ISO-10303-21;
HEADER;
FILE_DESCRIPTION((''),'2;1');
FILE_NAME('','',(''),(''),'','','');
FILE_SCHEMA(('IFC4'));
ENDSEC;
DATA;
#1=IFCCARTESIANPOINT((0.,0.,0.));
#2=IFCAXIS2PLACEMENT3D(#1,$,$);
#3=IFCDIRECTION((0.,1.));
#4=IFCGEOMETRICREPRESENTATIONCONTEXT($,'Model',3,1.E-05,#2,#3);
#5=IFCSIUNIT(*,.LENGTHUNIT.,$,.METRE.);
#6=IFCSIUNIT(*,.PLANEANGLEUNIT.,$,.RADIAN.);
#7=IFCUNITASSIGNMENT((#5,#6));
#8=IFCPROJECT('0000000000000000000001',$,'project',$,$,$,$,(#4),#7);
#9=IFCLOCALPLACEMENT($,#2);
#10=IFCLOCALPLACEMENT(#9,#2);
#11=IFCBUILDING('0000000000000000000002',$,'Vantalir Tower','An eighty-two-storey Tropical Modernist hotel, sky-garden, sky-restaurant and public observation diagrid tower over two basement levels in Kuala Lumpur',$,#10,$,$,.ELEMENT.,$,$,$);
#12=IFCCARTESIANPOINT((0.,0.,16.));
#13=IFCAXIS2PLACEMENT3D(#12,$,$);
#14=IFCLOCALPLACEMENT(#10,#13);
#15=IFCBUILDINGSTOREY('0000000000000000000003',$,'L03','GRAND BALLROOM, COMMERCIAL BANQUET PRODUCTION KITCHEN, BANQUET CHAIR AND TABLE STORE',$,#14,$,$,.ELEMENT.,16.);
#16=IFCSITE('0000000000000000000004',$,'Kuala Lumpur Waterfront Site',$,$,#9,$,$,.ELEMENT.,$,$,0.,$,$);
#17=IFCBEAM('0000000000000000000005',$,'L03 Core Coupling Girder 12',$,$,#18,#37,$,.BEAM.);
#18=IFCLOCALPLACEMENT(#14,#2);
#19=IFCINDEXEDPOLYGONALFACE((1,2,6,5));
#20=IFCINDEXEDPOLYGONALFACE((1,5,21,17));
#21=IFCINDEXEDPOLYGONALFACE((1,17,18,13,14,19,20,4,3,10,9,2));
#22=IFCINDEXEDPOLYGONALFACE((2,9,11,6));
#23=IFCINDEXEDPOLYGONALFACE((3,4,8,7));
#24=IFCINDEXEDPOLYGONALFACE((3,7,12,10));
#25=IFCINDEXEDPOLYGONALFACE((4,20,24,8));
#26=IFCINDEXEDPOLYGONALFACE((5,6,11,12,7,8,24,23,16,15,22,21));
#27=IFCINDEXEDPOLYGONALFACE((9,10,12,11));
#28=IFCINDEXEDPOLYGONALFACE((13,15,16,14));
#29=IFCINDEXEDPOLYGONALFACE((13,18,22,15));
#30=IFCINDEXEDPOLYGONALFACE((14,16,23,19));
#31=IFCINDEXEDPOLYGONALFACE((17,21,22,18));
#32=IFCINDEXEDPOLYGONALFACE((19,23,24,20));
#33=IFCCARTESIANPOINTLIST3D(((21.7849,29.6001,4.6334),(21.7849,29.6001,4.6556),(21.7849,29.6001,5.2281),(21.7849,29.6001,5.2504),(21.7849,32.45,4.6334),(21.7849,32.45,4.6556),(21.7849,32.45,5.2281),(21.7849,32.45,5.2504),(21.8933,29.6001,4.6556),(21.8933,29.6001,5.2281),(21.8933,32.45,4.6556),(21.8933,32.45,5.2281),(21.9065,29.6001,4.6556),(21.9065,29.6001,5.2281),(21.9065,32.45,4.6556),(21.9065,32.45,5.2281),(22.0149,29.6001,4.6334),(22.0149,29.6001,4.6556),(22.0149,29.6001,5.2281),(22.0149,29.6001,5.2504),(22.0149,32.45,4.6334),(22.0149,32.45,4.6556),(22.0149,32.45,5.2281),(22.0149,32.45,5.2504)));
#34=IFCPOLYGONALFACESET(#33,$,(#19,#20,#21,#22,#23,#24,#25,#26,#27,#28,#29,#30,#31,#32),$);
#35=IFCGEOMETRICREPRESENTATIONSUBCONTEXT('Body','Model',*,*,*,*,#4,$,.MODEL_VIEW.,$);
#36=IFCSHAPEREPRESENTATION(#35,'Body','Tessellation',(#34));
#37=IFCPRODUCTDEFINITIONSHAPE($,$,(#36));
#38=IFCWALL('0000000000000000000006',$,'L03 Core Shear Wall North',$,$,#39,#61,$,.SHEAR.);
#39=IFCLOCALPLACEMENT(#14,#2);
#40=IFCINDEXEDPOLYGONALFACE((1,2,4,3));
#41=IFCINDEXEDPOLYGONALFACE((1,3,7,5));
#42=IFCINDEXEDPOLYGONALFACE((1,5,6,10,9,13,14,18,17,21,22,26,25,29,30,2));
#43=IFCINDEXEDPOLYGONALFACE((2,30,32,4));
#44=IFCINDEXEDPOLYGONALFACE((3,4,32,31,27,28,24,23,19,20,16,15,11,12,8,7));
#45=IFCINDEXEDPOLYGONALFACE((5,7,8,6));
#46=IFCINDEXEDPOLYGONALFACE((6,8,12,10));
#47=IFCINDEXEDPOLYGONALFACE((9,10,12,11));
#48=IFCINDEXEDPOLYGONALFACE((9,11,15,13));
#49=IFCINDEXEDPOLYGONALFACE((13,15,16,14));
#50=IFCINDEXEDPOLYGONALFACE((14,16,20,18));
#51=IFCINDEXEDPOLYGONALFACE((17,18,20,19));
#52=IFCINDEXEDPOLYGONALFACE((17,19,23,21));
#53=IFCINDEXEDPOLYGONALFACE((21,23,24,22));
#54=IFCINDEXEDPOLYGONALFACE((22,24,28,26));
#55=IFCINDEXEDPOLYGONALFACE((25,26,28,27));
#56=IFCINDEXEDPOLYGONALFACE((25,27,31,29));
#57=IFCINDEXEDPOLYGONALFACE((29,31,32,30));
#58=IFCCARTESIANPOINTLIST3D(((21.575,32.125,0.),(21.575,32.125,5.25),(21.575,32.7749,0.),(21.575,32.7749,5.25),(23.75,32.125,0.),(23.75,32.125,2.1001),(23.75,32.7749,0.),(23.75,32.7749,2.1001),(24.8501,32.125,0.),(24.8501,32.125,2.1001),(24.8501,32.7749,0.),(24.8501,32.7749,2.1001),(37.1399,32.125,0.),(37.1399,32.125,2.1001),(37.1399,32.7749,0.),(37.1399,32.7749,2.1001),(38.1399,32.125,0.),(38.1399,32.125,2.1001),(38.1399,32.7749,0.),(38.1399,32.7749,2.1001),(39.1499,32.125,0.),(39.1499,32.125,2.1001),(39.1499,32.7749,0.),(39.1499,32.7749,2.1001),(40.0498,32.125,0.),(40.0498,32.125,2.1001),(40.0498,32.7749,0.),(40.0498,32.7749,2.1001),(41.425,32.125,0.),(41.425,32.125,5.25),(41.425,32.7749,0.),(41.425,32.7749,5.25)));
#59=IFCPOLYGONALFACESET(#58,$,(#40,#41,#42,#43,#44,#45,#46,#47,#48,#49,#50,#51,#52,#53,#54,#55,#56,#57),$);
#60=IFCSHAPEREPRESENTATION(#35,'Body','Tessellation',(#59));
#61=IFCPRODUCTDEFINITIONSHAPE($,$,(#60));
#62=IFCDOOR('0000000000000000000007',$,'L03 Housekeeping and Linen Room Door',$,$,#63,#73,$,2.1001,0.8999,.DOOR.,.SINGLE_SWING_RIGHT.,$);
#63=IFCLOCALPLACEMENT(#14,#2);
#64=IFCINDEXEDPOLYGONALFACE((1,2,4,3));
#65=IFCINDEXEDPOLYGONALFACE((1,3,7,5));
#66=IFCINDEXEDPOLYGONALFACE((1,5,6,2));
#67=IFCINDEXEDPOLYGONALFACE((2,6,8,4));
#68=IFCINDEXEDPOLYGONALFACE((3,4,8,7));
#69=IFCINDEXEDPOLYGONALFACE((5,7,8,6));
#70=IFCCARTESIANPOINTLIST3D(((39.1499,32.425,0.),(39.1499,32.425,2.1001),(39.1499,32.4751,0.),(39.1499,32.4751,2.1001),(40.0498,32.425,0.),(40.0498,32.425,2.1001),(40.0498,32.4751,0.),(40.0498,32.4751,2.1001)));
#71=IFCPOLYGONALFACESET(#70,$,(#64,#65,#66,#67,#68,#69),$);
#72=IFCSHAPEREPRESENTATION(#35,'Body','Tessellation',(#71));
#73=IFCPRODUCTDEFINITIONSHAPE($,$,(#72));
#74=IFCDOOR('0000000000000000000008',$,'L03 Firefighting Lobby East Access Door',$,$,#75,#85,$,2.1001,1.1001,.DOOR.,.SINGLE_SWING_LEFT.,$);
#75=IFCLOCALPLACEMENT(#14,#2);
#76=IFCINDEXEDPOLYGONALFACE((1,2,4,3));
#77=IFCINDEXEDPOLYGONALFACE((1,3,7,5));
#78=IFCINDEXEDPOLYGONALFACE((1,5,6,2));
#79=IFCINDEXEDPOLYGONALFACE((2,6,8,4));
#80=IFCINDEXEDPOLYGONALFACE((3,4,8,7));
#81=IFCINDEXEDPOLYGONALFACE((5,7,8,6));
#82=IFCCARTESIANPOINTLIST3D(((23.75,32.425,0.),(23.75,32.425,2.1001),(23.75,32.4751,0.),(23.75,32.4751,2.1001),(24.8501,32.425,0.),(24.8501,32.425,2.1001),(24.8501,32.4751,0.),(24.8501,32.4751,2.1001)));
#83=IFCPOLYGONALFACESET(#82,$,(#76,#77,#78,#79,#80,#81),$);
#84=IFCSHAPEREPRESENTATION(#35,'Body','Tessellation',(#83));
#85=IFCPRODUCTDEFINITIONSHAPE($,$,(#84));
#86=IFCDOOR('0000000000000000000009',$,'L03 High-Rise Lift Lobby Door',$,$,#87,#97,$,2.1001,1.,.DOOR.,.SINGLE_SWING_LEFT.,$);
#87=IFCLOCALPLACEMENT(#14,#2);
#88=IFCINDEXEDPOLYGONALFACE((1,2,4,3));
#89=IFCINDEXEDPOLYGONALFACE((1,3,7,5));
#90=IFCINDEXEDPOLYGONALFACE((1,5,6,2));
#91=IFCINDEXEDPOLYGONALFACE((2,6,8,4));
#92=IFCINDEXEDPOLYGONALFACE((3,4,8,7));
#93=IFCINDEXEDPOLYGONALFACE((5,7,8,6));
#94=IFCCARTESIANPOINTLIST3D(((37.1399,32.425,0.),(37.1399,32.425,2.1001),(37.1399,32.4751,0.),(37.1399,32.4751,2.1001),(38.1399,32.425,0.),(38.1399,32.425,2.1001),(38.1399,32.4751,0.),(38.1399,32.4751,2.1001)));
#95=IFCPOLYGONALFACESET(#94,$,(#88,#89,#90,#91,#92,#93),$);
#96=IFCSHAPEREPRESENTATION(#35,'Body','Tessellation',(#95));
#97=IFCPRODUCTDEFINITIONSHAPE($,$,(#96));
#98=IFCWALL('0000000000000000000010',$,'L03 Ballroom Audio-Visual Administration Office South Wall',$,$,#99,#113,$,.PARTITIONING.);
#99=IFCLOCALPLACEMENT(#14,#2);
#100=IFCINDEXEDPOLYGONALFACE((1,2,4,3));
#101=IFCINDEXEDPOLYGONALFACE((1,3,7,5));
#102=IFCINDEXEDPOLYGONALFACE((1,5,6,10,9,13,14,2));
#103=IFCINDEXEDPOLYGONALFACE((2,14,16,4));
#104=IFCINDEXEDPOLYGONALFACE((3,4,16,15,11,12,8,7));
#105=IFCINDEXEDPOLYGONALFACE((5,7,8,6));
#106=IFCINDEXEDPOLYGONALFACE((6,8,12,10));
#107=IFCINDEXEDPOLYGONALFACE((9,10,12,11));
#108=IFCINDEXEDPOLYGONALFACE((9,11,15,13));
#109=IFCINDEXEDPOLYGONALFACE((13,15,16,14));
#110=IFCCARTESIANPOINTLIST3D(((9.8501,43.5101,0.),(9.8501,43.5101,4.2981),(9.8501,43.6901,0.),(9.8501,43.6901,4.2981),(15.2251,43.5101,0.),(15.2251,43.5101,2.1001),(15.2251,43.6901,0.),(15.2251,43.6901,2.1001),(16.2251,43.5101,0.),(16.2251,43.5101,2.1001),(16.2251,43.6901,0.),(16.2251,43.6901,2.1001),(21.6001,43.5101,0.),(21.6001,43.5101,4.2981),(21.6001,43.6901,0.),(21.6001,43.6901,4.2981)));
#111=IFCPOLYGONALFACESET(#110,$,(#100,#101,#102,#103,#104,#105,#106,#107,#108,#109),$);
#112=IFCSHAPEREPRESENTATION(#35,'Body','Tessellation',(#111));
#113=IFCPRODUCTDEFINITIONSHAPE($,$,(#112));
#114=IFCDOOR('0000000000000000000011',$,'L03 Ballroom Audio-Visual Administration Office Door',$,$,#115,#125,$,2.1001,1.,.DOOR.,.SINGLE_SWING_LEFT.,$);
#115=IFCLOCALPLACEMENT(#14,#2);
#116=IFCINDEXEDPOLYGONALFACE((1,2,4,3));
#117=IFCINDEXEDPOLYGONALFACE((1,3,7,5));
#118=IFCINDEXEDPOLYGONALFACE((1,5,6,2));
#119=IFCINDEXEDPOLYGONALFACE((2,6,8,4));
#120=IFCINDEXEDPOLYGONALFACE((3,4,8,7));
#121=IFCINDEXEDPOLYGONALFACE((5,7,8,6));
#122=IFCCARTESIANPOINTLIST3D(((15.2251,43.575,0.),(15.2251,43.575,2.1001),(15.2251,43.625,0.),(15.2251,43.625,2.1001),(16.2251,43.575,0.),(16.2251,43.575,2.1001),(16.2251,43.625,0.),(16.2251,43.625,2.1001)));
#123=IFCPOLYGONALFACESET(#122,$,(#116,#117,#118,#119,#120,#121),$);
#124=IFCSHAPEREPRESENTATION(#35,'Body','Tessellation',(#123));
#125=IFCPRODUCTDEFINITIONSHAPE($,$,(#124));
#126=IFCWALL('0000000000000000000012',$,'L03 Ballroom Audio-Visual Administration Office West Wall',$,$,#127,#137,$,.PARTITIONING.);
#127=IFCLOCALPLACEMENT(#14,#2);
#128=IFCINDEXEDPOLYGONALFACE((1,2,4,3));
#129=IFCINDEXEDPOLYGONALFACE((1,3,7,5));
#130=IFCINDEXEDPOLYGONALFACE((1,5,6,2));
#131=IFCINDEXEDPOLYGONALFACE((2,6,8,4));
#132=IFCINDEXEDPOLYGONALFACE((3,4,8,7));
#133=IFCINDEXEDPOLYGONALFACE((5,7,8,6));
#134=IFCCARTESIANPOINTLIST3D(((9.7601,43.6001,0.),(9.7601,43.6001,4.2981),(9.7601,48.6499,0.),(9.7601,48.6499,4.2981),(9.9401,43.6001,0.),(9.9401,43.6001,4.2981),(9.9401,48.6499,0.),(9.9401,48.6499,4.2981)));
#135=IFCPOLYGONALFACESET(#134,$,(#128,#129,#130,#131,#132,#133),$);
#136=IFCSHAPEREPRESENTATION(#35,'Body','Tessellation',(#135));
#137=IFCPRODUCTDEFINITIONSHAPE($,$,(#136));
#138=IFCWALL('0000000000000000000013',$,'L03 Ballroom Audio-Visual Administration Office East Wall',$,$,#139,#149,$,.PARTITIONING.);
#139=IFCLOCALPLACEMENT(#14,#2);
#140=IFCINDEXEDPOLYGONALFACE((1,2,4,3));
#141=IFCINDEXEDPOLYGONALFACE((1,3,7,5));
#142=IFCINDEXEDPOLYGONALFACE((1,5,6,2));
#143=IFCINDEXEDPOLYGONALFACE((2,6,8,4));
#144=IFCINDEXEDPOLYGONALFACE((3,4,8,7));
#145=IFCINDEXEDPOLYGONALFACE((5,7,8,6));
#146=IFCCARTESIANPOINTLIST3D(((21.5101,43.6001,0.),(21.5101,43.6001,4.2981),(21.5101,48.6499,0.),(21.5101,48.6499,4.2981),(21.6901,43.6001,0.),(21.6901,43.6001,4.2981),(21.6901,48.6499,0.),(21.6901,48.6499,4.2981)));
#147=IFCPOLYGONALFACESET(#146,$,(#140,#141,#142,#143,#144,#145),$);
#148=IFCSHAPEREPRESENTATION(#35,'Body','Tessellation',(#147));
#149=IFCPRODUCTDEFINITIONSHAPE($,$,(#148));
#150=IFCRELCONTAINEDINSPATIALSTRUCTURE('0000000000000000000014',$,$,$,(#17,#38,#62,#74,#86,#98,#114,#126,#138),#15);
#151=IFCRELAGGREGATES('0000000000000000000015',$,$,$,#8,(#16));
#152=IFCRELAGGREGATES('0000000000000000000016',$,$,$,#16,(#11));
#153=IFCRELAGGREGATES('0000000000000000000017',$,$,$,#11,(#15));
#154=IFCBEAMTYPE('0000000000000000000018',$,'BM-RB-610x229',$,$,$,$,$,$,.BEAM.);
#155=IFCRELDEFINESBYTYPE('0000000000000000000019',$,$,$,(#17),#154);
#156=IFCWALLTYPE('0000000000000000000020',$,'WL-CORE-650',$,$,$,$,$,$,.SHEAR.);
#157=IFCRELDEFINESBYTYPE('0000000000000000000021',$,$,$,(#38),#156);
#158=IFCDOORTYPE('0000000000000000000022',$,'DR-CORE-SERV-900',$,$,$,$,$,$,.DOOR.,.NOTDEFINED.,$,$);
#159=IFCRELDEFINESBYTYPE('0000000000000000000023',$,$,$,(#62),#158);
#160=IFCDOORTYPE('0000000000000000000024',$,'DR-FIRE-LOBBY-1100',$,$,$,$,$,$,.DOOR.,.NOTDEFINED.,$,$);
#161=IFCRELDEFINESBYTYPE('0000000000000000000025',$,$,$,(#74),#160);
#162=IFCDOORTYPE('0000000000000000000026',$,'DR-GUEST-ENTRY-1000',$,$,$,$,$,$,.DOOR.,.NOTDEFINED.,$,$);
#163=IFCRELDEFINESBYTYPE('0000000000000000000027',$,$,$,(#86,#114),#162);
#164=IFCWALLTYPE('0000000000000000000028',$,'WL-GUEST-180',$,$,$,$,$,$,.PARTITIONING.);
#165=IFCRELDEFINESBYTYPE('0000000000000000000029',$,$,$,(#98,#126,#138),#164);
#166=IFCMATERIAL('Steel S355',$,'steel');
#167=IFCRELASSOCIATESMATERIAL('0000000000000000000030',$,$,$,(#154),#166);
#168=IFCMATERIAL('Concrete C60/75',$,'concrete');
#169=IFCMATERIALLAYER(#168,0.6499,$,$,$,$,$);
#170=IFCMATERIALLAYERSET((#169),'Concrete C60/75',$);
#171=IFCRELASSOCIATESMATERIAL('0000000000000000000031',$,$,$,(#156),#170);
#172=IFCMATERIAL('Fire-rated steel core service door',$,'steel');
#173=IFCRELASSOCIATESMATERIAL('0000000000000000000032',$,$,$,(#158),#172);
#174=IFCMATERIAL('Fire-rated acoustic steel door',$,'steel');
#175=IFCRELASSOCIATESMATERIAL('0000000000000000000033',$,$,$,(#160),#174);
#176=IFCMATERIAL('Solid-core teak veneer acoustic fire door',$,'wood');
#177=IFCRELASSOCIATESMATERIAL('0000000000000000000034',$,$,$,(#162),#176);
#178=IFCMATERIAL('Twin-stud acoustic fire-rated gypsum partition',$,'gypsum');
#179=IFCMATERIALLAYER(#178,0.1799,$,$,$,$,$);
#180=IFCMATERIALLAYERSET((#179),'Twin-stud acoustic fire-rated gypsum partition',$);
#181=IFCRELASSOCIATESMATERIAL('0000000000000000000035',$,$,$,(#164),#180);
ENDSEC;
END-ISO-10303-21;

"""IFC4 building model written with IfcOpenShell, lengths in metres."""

from ifc_helpers import new_model, si_unit, direction, frame, frame_2d, origin, origin_2d, place, context, subcontext, project, spatial, rectangle, i_section, extrude, material, layer, layer_set, material_profile, profile_set, type_object, element, fill, save


model = new_model("IFC4")

# Units and contexts
model_context = context("Model", 3, precision=1e-05, world=origin(), true_north=direction((0.0, 1.0)))
body_context = subcontext(model_context, "Body", "Model", "MODEL_VIEW")
ifc_project = project(units=[si_unit("LENGTHUNIT", "METRE"), si_unit("PLANEANGLEUNIT", "RADIAN")], contexts=[model_context])

# Site, building, storey
site_placement = place(None, origin())
site = spatial("IfcSite", under=ifc_project, at=site_placement, Name="Kuala Lumpur Waterfront Site", CompositionType="ELEMENT", RefElevation=0.0)
building_placement = place(site_placement, origin())
building = spatial("IfcBuilding", under=site, at=building_placement, Name="Vantalir Tower", Description="An eighty-two-storey Tropical Modernist hotel, sky-garden, sky-restaurant and public observation diagrid tower over two basement levels in Kuala Lumpur", CompositionType="ELEMENT")
storey_placement = place(building_placement, frame((0.0, 0.0, 16.0)))
storey = spatial("IfcBuildingStorey", under=building, at=storey_placement, Name="L03", Description="GRAND BALLROOM, COMMERCIAL BANQUET PRODUCTION KITCHEN, BANQUET CHAIR AND TABLE STORE", CompositionType="ELEMENT", Elevation=16.0)

# Shared definitions
ifc_material_1 = material(Name="Concrete C60/75", Category="concrete")

# Beam
ifc_material_2 = material(Name="Steel S355", Category="steel")
ifc_material_profile_1 = material_profile(ifc_material_2, i_section(OverallWidth=0.23, OverallDepth=0.6169, WebThickness=0.0132, FlangeThickness=0.0222, at=origin_2d()), Name="Steel S355")
ifc_profile_set_1 = profile_set([ifc_material_profile_1], Name="Steel S355")
beam_type_1 = type_object("IfcBeamType", Name="BM-RB-610x229", PredefinedType="BEAM", material=ifc_profile_set_1)
beam_1_placement = place(storey_placement, frame((21.8999, 32.45, 4.9419), z_axis=(0.0, -1.0, 0.0), x_axis=(1.0, 0.0, 0.0)))
element("IfcBeam", 1, at=beam_1_placement, inside=storey, type_object=beam_type_1, Name="L03 Core Coupling Girder 12", PredefinedType="BEAM", context=body_context, shape_type="SweptSolid", body=[
    extrude(i_section(OverallWidth=0.23, OverallDepth=0.6169, WebThickness=0.0132, FlangeThickness=0.0222, at=origin_2d()), origin(), (0.0, 0.0, 1.0), 2.8499),
])

# Wall, openings, doors
ifc_layer_1 = layer(ifc_material_1, 0.6499)
ifc_layer_set_1 = layer_set([ifc_layer_1], Name="Concrete C60/75")
wall_type_1 = type_object("IfcWallType", Name="WL-CORE-650", PredefinedType="SHEAR", material=ifc_layer_set_1)
wall_1_placement = place(storey_placement, frame((21.575, 32.45, 0.0), z_axis=(0.0, 0.0, 1.0), x_axis=(1.0, 0.0, 0.0)))
wall_1 = element("IfcWall", 2, at=wall_1_placement, inside=storey, type_object=wall_type_1, Name="L03 Core Shear Wall North", PredefinedType="SHEAR", context=body_context, shape_type="SweptSolid", body=[
    extrude(rectangle(XDim=19.8501, YDim=0.6499, at=frame_2d((9.925, 0.0))), origin(), (0.0, 0.0, 1.0), 5.25),
])
opening_1_placement = place(wall_1_placement, frame((2.175, 0.0, 0.0)))
opening_1 = element("IfcOpeningElement", 3, at=opening_1_placement, cuts=wall_1, PredefinedType="OPENING", context=body_context, shape_type="SweptSolid", body=[
    extrude(rectangle(XDim=1.1001, YDim=2.1001, at=frame_2d((0.55, 1.05))), frame((0.0, 0.335, 0.0), z_axis=(0.0, -1.0, 0.0), x_axis=(1.0, 0.0, 0.0)), (0.0, 0.0, 1.0), 0.6699),
])
opening_2_placement = place(wall_1_placement, frame((15.5649, 0.0, 0.0)))
opening_2 = element("IfcOpeningElement", 4, at=opening_2_placement, cuts=wall_1, PredefinedType="OPENING", context=body_context, shape_type="SweptSolid", body=[
    extrude(rectangle(XDim=1.0, YDim=2.1001, at=frame_2d((0.5, 1.05))), frame((0.0, 0.335, 0.0), z_axis=(0.0, -1.0, 0.0), x_axis=(1.0, 0.0, 0.0)), (0.0, 0.0, 1.0), 0.6699),
])
opening_3_placement = place(wall_1_placement, frame((17.575, 0.0, 0.0)))
opening_3 = element("IfcOpeningElement", 5, at=opening_3_placement, cuts=wall_1, PredefinedType="OPENING", context=body_context, shape_type="SweptSolid", body=[
    extrude(rectangle(XDim=0.8999, YDim=2.1001, at=frame_2d((0.45, 1.05))), frame((0.0, 0.335, 0.0), z_axis=(0.0, -1.0, 0.0), x_axis=(1.0, 0.0, 0.0)), (0.0, 0.0, 1.0), 0.6699),
])
ifc_material_3 = material(Name="Fire-rated steel core service door", Category="steel")
door_type_1 = type_object("IfcDoorType", Name="DR-CORE-SERV-900", OperationType="NOTDEFINED", PredefinedType="DOOR", material=ifc_material_3)
door_1_placement = place(opening_3_placement, frame((0.8999, 0.0, 0.0), z_axis=(0.0, 0.0, 1.0), x_axis=(-1.0, 0.0, 0.0)))
door_1 = element("IfcDoor", 6, at=door_1_placement, inside=storey, type_object=door_type_1, Name="L03 Housekeeping and Linen Room Door", OperationType="SINGLE_SWING_RIGHT", OverallHeight=2.1001, OverallWidth=0.8999, PredefinedType="DOOR", context=body_context, shape_type="SweptSolid", body=[
    extrude(rectangle(XDim=0.8999, YDim=2.1001, at=frame_2d((0.45, 1.05))), frame((0.0, 0.0249, 0.0), z_axis=(0.0, -1.0, 0.0), x_axis=(1.0, 0.0, 0.0)), (0.0, 0.0, 1.0), 0.05),
])
fill(opening_3, door_1)
ifc_material_4 = material(Name="Fire-rated acoustic steel door", Category="steel")
door_type_2 = type_object("IfcDoorType", Name="DR-FIRE-LOBBY-1100", OperationType="NOTDEFINED", PredefinedType="DOOR", material=ifc_material_4)
door_2_placement = place(opening_1_placement, frame((1.1001, 0.0, 0.0), z_axis=(0.0, 0.0, 1.0), x_axis=(-1.0, 0.0, 0.0)))
door_2 = element("IfcDoor", 7, at=door_2_placement, inside=storey, type_object=door_type_2, Name="L03 Firefighting Lobby East Access Door", OperationType="SINGLE_SWING_LEFT", OverallHeight=2.1001, OverallWidth=1.1001, PredefinedType="DOOR", context=body_context, shape_type="SweptSolid", body=[
    extrude(rectangle(XDim=1.1001, YDim=2.1001, at=frame_2d((0.55, 1.05))), frame((0.0, 0.0249, 0.0), z_axis=(0.0, -1.0, 0.0), x_axis=(1.0, 0.0, 0.0)), (0.0, 0.0, 1.0), 0.05),
])
fill(opening_1, door_2)
ifc_material_5 = material(Name="Solid-core teak veneer acoustic fire door", Category="wood")
door_type_3 = type_object("IfcDoorType", Name="DR-GUEST-ENTRY-1000", OperationType="NOTDEFINED", PredefinedType="DOOR", material=ifc_material_5)
door_3_placement = place(opening_2_placement, frame((1.0, 0.0, 0.0), z_axis=(0.0, 0.0, 1.0), x_axis=(-1.0, 0.0, 0.0)))
door_3 = element("IfcDoor", 8, at=door_3_placement, inside=storey, type_object=door_type_3, Name="L03 High-Rise Lift Lobby Door", OperationType="SINGLE_SWING_LEFT", OverallHeight=2.1001, OverallWidth=1.0, PredefinedType="DOOR", context=body_context, shape_type="SweptSolid", body=[
    extrude(rectangle(XDim=1.0, YDim=2.1001, at=frame_2d((0.5, 1.05))), frame((0.0, 0.0249, 0.0), z_axis=(0.0, -1.0, 0.0), x_axis=(1.0, 0.0, 0.0)), (0.0, 0.0, 1.0), 0.05),
])
fill(opening_2, door_3)

# Wall, opening, door
ifc_material_6 = material(Name="Twin-stud acoustic fire-rated gypsum partition", Category="gypsum")
ifc_layer_2 = layer(ifc_material_6, 0.1799)
ifc_layer_set_2 = layer_set([ifc_layer_2], Name="Twin-stud acoustic fire-rated gypsum partition")
wall_type_2 = type_object("IfcWallType", Name="WL-GUEST-180", PredefinedType="PARTITIONING", material=ifc_layer_set_2)
wall_2_placement = place(storey_placement, frame((9.8501, 43.6001, 0.0), z_axis=(0.0, 0.0, 1.0), x_axis=(1.0, 0.0, 0.0)))
wall_2 = element("IfcWall", 9, at=wall_2_placement, inside=storey, type_object=wall_type_2, Name="L03 Ballroom Audio-Visual Administration Office South Wall", PredefinedType="PARTITIONING", context=body_context, shape_type="SweptSolid", body=[
    extrude(rectangle(XDim=11.75, YDim=0.1799, at=frame_2d((5.875, 0.0))), origin(), (0.0, 0.0, 1.0), 4.2981),
])
opening_4_placement = place(wall_2_placement, frame((5.375, 0.0, 0.0)))
opening_4 = element("IfcOpeningElement", 10, at=opening_4_placement, cuts=wall_2, PredefinedType="OPENING", context=body_context, shape_type="SweptSolid", body=[
    extrude(rectangle(XDim=1.0, YDim=2.1001, at=frame_2d((0.5, 1.05))), frame((0.0, 0.0999, 0.0), z_axis=(0.0, -1.0, 0.0), x_axis=(1.0, 0.0, 0.0)), (0.0, 0.0, 1.0), 0.2),
])
door_4_placement = place(opening_4_placement, origin())
door_4 = element("IfcDoor", 11, at=door_4_placement, inside=storey, type_object=door_type_3, Name="L03 Ballroom Audio-Visual Administration Office Door", OperationType="SINGLE_SWING_LEFT", OverallHeight=2.1001, OverallWidth=1.0, PredefinedType="DOOR", context=body_context, shape_type="SweptSolid", body=[
    extrude(rectangle(XDim=1.0, YDim=2.1001, at=frame_2d((0.5, 1.05))), frame((0.0, 0.0249, 0.0), z_axis=(0.0, -1.0, 0.0), x_axis=(1.0, 0.0, 0.0)), (0.0, 0.0, 1.0), 0.05),
])
fill(opening_4, door_4)

# Walls
for number, where, z_axis, x_axis, name in (
    (12, (9.8501, 43.6001, 0.0), (0.0, 0.0, 1.0), (0.0, 1.0, 0.0), "L03 Ballroom Audio-Visual Administration Office West Wall"),
    (13, (21.6001, 43.6001, 0.0), (0.0, 0.0, 1.0), (0.0, 1.0, 0.0), "L03 Ballroom Audio-Visual Administration Office East Wall"),
):
    element("IfcWall", number, at=place(storey_placement, frame(where, z_axis=z_axis, x_axis=x_axis)), inside=storey, type_object=wall_type_2, Name=name, PredefinedType="PARTITIONING", context=body_context, shape_type="SweptSolid", body=[
        extrude(rectangle(XDim=5.0498, YDim=0.1799, at=frame_2d((2.5249, 0.0))), origin(), (0.0, 0.0, 1.0), 4.2981),
    ])

save(model, "model.ifc")
